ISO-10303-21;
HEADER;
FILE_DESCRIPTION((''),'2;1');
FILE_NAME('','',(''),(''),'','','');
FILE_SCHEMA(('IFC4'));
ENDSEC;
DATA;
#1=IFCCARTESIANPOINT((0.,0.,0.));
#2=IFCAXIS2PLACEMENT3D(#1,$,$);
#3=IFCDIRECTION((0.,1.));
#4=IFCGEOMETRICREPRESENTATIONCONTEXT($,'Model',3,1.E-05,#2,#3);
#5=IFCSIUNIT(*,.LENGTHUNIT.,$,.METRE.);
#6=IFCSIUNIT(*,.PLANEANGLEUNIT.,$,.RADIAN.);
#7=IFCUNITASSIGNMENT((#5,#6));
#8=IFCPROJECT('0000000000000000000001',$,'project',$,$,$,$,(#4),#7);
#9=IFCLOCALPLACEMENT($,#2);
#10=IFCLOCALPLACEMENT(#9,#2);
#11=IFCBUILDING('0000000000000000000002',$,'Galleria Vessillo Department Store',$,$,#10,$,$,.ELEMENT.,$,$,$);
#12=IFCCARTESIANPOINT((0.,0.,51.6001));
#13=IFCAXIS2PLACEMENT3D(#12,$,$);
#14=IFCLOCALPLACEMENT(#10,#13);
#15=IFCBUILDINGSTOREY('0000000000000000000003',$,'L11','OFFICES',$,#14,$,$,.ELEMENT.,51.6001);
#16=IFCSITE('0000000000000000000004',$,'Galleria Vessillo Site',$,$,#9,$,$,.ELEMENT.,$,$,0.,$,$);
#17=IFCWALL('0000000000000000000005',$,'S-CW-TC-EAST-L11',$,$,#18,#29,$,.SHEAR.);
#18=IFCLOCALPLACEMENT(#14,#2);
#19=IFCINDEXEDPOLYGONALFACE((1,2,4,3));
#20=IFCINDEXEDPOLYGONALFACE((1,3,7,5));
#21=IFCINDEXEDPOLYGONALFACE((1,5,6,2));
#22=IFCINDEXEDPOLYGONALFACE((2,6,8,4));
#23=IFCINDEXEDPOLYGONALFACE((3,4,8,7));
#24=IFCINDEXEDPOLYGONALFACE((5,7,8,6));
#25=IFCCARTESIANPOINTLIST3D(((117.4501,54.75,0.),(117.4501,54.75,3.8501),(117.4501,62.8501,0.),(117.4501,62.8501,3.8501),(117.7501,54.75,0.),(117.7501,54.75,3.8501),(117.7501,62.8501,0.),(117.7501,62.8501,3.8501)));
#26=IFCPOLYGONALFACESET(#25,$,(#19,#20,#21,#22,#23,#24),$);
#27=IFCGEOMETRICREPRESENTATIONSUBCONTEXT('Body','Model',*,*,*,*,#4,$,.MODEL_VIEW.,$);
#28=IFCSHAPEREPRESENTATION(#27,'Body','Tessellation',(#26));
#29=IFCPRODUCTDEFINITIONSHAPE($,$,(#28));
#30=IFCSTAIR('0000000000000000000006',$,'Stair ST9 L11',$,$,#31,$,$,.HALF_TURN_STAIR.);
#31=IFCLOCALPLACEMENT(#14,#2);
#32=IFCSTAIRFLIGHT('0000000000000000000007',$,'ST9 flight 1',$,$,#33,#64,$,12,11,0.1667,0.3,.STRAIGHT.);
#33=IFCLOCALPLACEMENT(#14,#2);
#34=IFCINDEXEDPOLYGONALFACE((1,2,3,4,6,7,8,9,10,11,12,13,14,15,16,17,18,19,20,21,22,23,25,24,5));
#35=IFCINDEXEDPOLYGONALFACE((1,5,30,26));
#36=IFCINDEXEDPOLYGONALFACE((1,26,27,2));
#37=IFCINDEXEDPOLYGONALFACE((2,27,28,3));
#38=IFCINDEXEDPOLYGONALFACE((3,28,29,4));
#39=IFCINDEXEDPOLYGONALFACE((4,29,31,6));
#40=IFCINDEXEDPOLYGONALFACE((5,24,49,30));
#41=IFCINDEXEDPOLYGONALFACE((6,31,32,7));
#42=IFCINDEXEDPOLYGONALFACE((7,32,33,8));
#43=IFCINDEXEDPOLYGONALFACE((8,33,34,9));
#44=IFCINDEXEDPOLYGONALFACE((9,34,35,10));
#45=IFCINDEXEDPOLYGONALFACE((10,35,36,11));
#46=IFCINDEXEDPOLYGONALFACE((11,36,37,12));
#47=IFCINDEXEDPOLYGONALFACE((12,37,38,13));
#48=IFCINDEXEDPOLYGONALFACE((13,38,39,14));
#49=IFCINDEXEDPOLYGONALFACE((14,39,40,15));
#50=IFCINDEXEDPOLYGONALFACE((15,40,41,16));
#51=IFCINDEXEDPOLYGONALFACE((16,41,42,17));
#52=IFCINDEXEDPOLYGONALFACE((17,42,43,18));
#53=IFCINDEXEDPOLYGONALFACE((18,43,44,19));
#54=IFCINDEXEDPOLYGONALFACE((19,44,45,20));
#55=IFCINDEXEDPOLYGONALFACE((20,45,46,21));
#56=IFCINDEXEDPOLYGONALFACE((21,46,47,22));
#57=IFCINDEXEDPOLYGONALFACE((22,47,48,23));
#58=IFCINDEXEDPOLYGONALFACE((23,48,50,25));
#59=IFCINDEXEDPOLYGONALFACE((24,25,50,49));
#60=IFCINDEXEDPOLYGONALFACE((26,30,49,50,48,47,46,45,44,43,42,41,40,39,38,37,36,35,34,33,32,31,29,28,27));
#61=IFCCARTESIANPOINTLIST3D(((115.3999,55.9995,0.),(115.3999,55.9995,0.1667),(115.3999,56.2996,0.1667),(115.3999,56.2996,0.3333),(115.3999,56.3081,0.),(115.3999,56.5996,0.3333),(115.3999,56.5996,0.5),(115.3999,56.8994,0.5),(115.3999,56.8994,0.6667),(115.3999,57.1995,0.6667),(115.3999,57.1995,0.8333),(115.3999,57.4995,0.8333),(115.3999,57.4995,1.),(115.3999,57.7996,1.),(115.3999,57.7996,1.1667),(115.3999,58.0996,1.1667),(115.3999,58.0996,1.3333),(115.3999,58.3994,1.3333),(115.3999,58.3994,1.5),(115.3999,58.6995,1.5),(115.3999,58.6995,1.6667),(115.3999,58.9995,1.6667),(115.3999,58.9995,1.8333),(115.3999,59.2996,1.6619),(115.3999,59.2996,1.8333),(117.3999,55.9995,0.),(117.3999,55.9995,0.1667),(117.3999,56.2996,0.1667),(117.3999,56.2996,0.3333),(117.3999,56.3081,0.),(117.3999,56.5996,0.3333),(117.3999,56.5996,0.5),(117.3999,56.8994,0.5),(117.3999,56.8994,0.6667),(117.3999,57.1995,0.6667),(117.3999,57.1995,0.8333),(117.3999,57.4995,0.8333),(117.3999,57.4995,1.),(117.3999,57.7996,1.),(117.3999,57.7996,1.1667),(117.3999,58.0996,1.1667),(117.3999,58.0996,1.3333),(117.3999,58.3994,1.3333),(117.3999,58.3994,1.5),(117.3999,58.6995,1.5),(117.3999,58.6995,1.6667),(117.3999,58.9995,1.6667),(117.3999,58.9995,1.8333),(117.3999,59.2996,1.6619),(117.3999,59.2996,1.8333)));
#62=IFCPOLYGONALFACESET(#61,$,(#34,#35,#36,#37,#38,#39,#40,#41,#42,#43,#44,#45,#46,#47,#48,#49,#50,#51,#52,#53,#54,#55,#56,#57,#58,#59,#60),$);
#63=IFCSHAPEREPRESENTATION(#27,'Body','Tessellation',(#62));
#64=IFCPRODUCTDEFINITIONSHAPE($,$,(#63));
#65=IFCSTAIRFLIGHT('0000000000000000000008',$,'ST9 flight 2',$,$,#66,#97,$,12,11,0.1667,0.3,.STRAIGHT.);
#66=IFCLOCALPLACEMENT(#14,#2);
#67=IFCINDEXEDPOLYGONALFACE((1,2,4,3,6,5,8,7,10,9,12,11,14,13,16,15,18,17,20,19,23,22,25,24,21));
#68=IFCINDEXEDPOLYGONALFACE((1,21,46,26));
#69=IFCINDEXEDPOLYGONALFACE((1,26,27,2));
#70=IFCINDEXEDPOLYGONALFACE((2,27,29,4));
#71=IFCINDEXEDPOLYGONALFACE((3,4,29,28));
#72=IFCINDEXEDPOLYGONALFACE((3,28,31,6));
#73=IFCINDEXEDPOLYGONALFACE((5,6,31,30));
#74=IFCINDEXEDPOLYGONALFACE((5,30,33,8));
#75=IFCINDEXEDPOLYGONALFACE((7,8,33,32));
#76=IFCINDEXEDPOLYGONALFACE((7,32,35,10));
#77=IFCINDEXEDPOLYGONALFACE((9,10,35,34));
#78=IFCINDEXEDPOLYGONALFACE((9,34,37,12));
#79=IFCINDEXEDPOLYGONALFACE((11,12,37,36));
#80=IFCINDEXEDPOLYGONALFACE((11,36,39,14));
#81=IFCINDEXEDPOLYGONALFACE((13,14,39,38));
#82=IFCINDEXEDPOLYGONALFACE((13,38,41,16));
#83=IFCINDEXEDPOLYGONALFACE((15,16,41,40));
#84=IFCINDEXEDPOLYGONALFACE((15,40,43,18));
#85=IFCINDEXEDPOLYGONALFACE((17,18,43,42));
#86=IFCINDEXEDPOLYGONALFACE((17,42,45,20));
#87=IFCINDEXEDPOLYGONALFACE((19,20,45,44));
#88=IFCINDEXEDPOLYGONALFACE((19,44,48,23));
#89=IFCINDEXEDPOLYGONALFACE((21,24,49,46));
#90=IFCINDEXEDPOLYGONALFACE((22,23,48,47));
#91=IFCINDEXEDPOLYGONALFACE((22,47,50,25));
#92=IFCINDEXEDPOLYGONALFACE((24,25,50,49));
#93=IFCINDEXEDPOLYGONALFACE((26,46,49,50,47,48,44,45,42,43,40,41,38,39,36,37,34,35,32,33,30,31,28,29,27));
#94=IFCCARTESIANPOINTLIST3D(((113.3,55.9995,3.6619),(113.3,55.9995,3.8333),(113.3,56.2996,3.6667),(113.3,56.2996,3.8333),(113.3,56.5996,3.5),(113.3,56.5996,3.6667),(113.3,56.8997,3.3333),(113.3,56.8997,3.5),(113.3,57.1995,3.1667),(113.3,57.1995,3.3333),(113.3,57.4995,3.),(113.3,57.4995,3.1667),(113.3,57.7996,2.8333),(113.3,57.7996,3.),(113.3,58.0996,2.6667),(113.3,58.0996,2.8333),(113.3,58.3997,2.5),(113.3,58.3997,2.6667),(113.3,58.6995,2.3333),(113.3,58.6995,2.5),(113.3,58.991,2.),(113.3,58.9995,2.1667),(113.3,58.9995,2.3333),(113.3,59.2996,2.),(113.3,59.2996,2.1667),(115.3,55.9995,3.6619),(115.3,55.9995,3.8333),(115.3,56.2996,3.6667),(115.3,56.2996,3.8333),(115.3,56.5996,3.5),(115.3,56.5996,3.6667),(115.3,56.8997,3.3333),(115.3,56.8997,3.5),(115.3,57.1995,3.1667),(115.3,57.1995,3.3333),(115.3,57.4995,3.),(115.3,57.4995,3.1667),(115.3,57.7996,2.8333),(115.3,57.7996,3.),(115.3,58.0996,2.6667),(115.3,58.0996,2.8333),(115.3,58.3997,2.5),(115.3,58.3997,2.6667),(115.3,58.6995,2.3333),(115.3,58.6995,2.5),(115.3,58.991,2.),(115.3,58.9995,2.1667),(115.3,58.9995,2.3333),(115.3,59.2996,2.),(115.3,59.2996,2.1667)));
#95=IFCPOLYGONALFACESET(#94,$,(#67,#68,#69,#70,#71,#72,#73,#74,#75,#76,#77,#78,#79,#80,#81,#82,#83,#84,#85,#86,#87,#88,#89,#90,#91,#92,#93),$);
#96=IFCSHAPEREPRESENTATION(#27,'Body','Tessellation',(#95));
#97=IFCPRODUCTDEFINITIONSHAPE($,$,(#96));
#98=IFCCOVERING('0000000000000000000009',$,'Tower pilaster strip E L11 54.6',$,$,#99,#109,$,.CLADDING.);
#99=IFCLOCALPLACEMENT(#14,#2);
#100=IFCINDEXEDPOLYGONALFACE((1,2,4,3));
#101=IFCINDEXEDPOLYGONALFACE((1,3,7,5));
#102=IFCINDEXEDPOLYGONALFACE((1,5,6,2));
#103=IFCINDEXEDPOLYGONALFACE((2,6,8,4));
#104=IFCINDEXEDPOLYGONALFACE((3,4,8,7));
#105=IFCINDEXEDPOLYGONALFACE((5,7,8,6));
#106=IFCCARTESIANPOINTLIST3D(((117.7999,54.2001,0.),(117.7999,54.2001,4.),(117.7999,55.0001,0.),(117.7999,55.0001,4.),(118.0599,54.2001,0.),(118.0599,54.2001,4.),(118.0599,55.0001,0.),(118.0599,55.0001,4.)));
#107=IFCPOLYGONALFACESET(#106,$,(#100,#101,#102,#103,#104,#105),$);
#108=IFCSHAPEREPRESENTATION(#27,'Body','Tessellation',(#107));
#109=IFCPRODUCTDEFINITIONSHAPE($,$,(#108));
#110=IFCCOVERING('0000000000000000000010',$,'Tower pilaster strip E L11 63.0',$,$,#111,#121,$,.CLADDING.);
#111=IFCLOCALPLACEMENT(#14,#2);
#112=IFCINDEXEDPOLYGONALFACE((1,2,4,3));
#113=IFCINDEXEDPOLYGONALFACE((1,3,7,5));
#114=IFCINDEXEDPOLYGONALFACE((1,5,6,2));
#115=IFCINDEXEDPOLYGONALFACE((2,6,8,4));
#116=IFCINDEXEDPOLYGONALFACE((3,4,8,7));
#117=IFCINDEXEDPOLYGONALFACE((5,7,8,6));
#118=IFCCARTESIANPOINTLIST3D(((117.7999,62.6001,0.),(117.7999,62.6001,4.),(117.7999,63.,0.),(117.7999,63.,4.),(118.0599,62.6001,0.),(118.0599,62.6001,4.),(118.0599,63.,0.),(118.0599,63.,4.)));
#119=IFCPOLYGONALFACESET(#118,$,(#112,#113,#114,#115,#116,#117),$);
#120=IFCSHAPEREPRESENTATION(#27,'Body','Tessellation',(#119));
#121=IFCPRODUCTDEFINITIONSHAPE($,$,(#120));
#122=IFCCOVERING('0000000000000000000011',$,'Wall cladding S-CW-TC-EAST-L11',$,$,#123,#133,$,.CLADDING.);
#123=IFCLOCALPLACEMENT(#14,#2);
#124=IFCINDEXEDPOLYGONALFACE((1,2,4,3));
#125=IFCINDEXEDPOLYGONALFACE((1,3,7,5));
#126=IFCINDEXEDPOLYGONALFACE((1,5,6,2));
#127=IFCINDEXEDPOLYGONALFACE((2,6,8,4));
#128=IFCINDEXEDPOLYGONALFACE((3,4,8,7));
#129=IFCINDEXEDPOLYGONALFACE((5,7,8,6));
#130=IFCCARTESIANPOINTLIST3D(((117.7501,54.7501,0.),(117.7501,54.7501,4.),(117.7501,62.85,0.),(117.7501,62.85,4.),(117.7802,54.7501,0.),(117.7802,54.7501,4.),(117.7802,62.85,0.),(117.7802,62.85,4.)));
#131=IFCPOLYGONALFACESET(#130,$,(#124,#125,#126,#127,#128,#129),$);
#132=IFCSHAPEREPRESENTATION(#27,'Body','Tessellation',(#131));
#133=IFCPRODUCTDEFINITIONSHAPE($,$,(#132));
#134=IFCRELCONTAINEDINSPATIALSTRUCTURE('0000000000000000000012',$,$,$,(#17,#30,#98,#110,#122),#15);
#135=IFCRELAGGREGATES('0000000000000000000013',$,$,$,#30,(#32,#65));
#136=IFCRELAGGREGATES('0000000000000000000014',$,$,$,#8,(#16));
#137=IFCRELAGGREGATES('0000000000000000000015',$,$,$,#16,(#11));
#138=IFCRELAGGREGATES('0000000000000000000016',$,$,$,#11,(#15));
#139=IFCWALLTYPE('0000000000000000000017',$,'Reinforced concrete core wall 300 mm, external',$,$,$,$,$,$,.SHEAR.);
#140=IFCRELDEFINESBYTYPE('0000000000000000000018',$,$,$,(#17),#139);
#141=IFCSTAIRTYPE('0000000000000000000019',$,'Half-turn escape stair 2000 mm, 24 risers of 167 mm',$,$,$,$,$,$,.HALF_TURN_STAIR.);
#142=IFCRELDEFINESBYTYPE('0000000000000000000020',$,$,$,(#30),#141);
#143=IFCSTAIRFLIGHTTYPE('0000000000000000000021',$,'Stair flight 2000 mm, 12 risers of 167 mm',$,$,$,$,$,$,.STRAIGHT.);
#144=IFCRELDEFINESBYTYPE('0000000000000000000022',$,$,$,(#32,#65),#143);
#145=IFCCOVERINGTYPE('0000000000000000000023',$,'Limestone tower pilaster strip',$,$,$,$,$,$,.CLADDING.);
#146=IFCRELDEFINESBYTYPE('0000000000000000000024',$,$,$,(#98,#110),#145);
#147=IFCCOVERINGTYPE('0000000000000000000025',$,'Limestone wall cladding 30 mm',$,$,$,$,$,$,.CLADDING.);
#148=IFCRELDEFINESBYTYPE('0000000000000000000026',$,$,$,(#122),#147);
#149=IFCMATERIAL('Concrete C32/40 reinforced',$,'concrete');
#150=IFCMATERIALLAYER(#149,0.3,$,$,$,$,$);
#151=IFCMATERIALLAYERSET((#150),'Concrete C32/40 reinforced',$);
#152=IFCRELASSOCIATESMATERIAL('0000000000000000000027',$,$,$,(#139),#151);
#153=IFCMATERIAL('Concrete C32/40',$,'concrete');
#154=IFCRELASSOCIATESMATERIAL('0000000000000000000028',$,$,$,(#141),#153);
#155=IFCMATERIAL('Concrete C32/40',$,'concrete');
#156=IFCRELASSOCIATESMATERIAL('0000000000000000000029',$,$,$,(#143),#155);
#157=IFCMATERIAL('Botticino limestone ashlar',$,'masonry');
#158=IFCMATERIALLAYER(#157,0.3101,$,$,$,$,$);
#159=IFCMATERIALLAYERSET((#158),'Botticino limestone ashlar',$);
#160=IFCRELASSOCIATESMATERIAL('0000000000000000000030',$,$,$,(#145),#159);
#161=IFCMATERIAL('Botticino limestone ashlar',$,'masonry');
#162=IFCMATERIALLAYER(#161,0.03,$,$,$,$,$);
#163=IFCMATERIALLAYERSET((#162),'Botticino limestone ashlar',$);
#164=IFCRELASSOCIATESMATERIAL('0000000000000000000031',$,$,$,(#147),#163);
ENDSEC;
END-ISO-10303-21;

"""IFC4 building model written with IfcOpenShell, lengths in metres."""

from ifc_helpers import new_model, si_unit, direction, frame, frame_2d, origin, origin_2d, place, context, subcontext, project, spatial, polyline, rectangle, outline, extrude, material, layer, layer_set, type_object, element, aggregate, save


model = new_model("IFC4")

# Units and contexts
model_context = context("Model", 3, precision=1e-05, world=origin(), true_north=direction((0.0, 1.0)))
body_context = subcontext(model_context, "Body", "Model", "MODEL_VIEW")
ifc_project = project(units=[si_unit("LENGTHUNIT", "METRE"), si_unit("PLANEANGLEUNIT", "RADIAN")], contexts=[model_context])

# Site, building, storey
site_placement = place(None, origin())
site = spatial("IfcSite", under=ifc_project, at=site_placement, Name="Galleria Vessillo Site", CompositionType="ELEMENT", RefElevation=0.0)
building_placement = place(site_placement, origin())
building = spatial("IfcBuilding", under=site, at=building_placement, Name="Galleria Vessillo Department Store", CompositionType="ELEMENT")
storey_placement = place(building_placement, frame((0.0, 0.0, 51.6001)))
storey = spatial("IfcBuildingStorey", under=building, at=storey_placement, Name="L11", Description="OFFICES", CompositionType="ELEMENT", Elevation=51.6001)

# Wall
ifc_material_1 = material(Name="Concrete C32/40 reinforced", Category="concrete")
ifc_layer_1 = layer(ifc_material_1, 0.3)
ifc_layer_set_1 = layer_set([ifc_layer_1], Name="Concrete C32/40 reinforced")
wall_type = type_object("IfcWallType", Name="Reinforced concrete core wall 300 mm, external", PredefinedType="SHEAR", material=ifc_layer_set_1)
wall_placement = place(storey_placement, frame((117.6001, 54.75, 0.0), z_axis=(0.0, 0.0, 1.0), x_axis=(0.0, 1.0, 0.0)))
element("IfcWall", 1, at=wall_placement, inside=storey, type_object=wall_type, Name="S-CW-TC-EAST-L11", PredefinedType="SHEAR", context=body_context, shape_type="SweptSolid", body=[
    extrude(rectangle(XDim=8.1001, YDim=0.3, at=frame_2d((4.05, 0.0))), origin(), (0.0, 0.0, 1.0), 3.8501),
])

# Stair, stair flights
ifc_material_2 = material(Name="Concrete C32/40", Category="concrete")
stair_type = type_object("IfcStairType", Name="Half-turn escape stair 2000 mm, 24 risers of 167 mm", PredefinedType="HALF_TURN_STAIR", material=ifc_material_2)
stair_placement = place(storey_placement, origin())
stair = element("IfcStair", 2, at=stair_placement, inside=storey, type_object=stair_type, Name="Stair ST9 L11", PredefinedType="HALF_TURN_STAIR")
ifc_material_3 = material(Name="Concrete C32/40", Category="concrete")
stair_flight_type = type_object("IfcStairFlightType", Name="Stair flight 2000 mm, 12 risers of 167 mm", PredefinedType="STRAIGHT", material=ifc_material_3)
stair_flight_1_placement = place(storey_placement, frame((116.3999, 55.9995, 0.0), z_axis=(0.0, 0.0, 1.0), x_axis=(0.0, 1.0, 0.0)))
stair_flight_1 = element("IfcStairFlight", 3, at=stair_flight_1_placement, type_object=stair_flight_type, Name="ST9 flight 1", NumberOfRisers=12, NumberOfTreads=11, PredefinedType="STRAIGHT", RiserHeight=0.1667, TreadLength=0.3, context=body_context, shape_type="SweptSolid", body=[
    extrude(outline(polyline([(0.0, 0.0), (0.0, 0.1667), (0.3, 0.1667), (0.3, 0.3333), (0.6001, 0.3333), (0.6001, 0.5), (0.8999, 0.5), (0.8999, 0.6667), (1.2, 0.6667), (1.2, 0.8333), (1.5, 0.8333), (1.5, 1.0), (1.8, 1.0), (1.8, 1.1667), (2.1001, 1.1667), (2.1001, 1.3333), (2.3999, 1.3333), (2.3999, 1.5), (2.7, 1.5), (2.7, 1.6667), (3.0, 1.6667), (3.0, 1.8333), (3.3, 1.8333), (3.3, 2.0), (3.3, 1.6619), (0.3086, 0.0), (0.0, 0.0)])), frame((0.0, 1.0, 0.0), z_axis=(0.0, -1.0, 0.0), x_axis=(1.0, 0.0, 0.0)), (0.0, 0.0, 1.0), 2.0),
])
stair_flight_2_placement = place(storey_placement, frame((114.3, 59.2996, 2.0), z_axis=(0.0, 0.0, 1.0), x_axis=(0.0, -1.0, 0.0)))
stair_flight_2 = element("IfcStairFlight", 4, at=stair_flight_2_placement, type_object=stair_flight_type, Name="ST9 flight 2", NumberOfRisers=12, NumberOfTreads=11, PredefinedType="STRAIGHT", RiserHeight=0.1667, TreadLength=0.3, context=body_context, shape_type="SweptSolid", body=[
    extrude(outline(polyline([(0.0, 0.0), (0.0, 0.1667), (0.3, 0.1667), (0.3, 0.3333), (0.6001, 0.3333), (0.6001, 0.5), (0.8999, 0.5), (0.8999, 0.6667), (1.2, 0.6667), (1.2, 0.8333), (1.5, 0.8333), (1.5, 1.0), (1.8, 1.0), (1.8, 1.1667), (2.1001, 1.1667), (2.1001, 1.3333), (2.3999, 1.3333), (2.3999, 1.5), (2.7, 1.5), (2.7, 1.6667), (3.0, 1.6667), (3.0, 1.8333), (3.3, 1.8333), (3.3, 2.0), (3.3, 1.6619), (0.3086, 0.0), (0.0, 0.0)])), frame((0.0, 1.0, 0.0), z_axis=(0.0, -1.0, 0.0), x_axis=(1.0, 0.0, 0.0)), (0.0, 0.0, 1.0), 2.0),
])
aggregate(stair, [stair_flight_1, stair_flight_2])

# Coverings
ifc_material_4 = material(Name="Botticino limestone ashlar", Category="masonry")
ifc_layer_2 = layer(ifc_material_4, 0.3101)
ifc_layer_set_2 = layer_set([ifc_layer_2], Name="Botticino limestone ashlar")
covering_type_1 = type_object("IfcCoveringType", Name="Limestone tower pilaster strip", PredefinedType="CLADDING", material=ifc_layer_set_2)
covering_1_placement = place(storey_placement, frame((117.9299, 54.6001, 0.0), z_axis=(0.0, 0.0, 1.0), x_axis=(1.0, 0.0, 0.0)))
element("IfcCovering", 5, at=covering_1_placement, inside=storey, type_object=covering_type_1, Name="Tower pilaster strip E L11 54.6", PredefinedType="CLADDING", context=body_context, shape_type="SweptSolid", body=[
    extrude(rectangle(XDim=0.26, YDim=0.8, at=origin_2d()), origin(), (0.0, 0.0, 1.0), 4.0),
])
covering_2_placement = place(storey_placement, frame((117.9299, 62.8, 0.0), z_axis=(0.0, 0.0, 1.0), x_axis=(1.0, 0.0, 0.0)))
element("IfcCovering", 6, at=covering_2_placement, inside=storey, type_object=covering_type_1, Name="Tower pilaster strip E L11 63.0", PredefinedType="CLADDING", context=body_context, shape_type="SweptSolid", body=[
    extrude(rectangle(XDim=0.26, YDim=0.3999, at=origin_2d()), origin(), (0.0, 0.0, 1.0), 4.0),
])
ifc_material_5 = material(Name="Botticino limestone ashlar", Category="masonry")
ifc_layer_3 = layer(ifc_material_5, 0.03)
ifc_layer_set_3 = layer_set([ifc_layer_3], Name="Botticino limestone ashlar")
covering_type_2 = type_object("IfcCoveringType", Name="Limestone wall cladding 30 mm", PredefinedType="CLADDING", material=ifc_layer_set_3)
covering_3_placement = place(storey_placement, frame((117.7651, 58.8, 0.0), z_axis=(0.0, 0.0, 1.0), x_axis=(1.0, 0.0, 0.0)))
element("IfcCovering", 7, at=covering_3_placement, inside=storey, type_object=covering_type_2, Name="Wall cladding S-CW-TC-EAST-L11", PredefinedType="CLADDING", context=body_context, shape_type="SweptSolid", body=[
    extrude(rectangle(XDim=0.03, YDim=8.0999, at=origin_2d()), origin(), (0.0, 0.0, 1.0), 4.0),
])

save(model, "model.ifc")
